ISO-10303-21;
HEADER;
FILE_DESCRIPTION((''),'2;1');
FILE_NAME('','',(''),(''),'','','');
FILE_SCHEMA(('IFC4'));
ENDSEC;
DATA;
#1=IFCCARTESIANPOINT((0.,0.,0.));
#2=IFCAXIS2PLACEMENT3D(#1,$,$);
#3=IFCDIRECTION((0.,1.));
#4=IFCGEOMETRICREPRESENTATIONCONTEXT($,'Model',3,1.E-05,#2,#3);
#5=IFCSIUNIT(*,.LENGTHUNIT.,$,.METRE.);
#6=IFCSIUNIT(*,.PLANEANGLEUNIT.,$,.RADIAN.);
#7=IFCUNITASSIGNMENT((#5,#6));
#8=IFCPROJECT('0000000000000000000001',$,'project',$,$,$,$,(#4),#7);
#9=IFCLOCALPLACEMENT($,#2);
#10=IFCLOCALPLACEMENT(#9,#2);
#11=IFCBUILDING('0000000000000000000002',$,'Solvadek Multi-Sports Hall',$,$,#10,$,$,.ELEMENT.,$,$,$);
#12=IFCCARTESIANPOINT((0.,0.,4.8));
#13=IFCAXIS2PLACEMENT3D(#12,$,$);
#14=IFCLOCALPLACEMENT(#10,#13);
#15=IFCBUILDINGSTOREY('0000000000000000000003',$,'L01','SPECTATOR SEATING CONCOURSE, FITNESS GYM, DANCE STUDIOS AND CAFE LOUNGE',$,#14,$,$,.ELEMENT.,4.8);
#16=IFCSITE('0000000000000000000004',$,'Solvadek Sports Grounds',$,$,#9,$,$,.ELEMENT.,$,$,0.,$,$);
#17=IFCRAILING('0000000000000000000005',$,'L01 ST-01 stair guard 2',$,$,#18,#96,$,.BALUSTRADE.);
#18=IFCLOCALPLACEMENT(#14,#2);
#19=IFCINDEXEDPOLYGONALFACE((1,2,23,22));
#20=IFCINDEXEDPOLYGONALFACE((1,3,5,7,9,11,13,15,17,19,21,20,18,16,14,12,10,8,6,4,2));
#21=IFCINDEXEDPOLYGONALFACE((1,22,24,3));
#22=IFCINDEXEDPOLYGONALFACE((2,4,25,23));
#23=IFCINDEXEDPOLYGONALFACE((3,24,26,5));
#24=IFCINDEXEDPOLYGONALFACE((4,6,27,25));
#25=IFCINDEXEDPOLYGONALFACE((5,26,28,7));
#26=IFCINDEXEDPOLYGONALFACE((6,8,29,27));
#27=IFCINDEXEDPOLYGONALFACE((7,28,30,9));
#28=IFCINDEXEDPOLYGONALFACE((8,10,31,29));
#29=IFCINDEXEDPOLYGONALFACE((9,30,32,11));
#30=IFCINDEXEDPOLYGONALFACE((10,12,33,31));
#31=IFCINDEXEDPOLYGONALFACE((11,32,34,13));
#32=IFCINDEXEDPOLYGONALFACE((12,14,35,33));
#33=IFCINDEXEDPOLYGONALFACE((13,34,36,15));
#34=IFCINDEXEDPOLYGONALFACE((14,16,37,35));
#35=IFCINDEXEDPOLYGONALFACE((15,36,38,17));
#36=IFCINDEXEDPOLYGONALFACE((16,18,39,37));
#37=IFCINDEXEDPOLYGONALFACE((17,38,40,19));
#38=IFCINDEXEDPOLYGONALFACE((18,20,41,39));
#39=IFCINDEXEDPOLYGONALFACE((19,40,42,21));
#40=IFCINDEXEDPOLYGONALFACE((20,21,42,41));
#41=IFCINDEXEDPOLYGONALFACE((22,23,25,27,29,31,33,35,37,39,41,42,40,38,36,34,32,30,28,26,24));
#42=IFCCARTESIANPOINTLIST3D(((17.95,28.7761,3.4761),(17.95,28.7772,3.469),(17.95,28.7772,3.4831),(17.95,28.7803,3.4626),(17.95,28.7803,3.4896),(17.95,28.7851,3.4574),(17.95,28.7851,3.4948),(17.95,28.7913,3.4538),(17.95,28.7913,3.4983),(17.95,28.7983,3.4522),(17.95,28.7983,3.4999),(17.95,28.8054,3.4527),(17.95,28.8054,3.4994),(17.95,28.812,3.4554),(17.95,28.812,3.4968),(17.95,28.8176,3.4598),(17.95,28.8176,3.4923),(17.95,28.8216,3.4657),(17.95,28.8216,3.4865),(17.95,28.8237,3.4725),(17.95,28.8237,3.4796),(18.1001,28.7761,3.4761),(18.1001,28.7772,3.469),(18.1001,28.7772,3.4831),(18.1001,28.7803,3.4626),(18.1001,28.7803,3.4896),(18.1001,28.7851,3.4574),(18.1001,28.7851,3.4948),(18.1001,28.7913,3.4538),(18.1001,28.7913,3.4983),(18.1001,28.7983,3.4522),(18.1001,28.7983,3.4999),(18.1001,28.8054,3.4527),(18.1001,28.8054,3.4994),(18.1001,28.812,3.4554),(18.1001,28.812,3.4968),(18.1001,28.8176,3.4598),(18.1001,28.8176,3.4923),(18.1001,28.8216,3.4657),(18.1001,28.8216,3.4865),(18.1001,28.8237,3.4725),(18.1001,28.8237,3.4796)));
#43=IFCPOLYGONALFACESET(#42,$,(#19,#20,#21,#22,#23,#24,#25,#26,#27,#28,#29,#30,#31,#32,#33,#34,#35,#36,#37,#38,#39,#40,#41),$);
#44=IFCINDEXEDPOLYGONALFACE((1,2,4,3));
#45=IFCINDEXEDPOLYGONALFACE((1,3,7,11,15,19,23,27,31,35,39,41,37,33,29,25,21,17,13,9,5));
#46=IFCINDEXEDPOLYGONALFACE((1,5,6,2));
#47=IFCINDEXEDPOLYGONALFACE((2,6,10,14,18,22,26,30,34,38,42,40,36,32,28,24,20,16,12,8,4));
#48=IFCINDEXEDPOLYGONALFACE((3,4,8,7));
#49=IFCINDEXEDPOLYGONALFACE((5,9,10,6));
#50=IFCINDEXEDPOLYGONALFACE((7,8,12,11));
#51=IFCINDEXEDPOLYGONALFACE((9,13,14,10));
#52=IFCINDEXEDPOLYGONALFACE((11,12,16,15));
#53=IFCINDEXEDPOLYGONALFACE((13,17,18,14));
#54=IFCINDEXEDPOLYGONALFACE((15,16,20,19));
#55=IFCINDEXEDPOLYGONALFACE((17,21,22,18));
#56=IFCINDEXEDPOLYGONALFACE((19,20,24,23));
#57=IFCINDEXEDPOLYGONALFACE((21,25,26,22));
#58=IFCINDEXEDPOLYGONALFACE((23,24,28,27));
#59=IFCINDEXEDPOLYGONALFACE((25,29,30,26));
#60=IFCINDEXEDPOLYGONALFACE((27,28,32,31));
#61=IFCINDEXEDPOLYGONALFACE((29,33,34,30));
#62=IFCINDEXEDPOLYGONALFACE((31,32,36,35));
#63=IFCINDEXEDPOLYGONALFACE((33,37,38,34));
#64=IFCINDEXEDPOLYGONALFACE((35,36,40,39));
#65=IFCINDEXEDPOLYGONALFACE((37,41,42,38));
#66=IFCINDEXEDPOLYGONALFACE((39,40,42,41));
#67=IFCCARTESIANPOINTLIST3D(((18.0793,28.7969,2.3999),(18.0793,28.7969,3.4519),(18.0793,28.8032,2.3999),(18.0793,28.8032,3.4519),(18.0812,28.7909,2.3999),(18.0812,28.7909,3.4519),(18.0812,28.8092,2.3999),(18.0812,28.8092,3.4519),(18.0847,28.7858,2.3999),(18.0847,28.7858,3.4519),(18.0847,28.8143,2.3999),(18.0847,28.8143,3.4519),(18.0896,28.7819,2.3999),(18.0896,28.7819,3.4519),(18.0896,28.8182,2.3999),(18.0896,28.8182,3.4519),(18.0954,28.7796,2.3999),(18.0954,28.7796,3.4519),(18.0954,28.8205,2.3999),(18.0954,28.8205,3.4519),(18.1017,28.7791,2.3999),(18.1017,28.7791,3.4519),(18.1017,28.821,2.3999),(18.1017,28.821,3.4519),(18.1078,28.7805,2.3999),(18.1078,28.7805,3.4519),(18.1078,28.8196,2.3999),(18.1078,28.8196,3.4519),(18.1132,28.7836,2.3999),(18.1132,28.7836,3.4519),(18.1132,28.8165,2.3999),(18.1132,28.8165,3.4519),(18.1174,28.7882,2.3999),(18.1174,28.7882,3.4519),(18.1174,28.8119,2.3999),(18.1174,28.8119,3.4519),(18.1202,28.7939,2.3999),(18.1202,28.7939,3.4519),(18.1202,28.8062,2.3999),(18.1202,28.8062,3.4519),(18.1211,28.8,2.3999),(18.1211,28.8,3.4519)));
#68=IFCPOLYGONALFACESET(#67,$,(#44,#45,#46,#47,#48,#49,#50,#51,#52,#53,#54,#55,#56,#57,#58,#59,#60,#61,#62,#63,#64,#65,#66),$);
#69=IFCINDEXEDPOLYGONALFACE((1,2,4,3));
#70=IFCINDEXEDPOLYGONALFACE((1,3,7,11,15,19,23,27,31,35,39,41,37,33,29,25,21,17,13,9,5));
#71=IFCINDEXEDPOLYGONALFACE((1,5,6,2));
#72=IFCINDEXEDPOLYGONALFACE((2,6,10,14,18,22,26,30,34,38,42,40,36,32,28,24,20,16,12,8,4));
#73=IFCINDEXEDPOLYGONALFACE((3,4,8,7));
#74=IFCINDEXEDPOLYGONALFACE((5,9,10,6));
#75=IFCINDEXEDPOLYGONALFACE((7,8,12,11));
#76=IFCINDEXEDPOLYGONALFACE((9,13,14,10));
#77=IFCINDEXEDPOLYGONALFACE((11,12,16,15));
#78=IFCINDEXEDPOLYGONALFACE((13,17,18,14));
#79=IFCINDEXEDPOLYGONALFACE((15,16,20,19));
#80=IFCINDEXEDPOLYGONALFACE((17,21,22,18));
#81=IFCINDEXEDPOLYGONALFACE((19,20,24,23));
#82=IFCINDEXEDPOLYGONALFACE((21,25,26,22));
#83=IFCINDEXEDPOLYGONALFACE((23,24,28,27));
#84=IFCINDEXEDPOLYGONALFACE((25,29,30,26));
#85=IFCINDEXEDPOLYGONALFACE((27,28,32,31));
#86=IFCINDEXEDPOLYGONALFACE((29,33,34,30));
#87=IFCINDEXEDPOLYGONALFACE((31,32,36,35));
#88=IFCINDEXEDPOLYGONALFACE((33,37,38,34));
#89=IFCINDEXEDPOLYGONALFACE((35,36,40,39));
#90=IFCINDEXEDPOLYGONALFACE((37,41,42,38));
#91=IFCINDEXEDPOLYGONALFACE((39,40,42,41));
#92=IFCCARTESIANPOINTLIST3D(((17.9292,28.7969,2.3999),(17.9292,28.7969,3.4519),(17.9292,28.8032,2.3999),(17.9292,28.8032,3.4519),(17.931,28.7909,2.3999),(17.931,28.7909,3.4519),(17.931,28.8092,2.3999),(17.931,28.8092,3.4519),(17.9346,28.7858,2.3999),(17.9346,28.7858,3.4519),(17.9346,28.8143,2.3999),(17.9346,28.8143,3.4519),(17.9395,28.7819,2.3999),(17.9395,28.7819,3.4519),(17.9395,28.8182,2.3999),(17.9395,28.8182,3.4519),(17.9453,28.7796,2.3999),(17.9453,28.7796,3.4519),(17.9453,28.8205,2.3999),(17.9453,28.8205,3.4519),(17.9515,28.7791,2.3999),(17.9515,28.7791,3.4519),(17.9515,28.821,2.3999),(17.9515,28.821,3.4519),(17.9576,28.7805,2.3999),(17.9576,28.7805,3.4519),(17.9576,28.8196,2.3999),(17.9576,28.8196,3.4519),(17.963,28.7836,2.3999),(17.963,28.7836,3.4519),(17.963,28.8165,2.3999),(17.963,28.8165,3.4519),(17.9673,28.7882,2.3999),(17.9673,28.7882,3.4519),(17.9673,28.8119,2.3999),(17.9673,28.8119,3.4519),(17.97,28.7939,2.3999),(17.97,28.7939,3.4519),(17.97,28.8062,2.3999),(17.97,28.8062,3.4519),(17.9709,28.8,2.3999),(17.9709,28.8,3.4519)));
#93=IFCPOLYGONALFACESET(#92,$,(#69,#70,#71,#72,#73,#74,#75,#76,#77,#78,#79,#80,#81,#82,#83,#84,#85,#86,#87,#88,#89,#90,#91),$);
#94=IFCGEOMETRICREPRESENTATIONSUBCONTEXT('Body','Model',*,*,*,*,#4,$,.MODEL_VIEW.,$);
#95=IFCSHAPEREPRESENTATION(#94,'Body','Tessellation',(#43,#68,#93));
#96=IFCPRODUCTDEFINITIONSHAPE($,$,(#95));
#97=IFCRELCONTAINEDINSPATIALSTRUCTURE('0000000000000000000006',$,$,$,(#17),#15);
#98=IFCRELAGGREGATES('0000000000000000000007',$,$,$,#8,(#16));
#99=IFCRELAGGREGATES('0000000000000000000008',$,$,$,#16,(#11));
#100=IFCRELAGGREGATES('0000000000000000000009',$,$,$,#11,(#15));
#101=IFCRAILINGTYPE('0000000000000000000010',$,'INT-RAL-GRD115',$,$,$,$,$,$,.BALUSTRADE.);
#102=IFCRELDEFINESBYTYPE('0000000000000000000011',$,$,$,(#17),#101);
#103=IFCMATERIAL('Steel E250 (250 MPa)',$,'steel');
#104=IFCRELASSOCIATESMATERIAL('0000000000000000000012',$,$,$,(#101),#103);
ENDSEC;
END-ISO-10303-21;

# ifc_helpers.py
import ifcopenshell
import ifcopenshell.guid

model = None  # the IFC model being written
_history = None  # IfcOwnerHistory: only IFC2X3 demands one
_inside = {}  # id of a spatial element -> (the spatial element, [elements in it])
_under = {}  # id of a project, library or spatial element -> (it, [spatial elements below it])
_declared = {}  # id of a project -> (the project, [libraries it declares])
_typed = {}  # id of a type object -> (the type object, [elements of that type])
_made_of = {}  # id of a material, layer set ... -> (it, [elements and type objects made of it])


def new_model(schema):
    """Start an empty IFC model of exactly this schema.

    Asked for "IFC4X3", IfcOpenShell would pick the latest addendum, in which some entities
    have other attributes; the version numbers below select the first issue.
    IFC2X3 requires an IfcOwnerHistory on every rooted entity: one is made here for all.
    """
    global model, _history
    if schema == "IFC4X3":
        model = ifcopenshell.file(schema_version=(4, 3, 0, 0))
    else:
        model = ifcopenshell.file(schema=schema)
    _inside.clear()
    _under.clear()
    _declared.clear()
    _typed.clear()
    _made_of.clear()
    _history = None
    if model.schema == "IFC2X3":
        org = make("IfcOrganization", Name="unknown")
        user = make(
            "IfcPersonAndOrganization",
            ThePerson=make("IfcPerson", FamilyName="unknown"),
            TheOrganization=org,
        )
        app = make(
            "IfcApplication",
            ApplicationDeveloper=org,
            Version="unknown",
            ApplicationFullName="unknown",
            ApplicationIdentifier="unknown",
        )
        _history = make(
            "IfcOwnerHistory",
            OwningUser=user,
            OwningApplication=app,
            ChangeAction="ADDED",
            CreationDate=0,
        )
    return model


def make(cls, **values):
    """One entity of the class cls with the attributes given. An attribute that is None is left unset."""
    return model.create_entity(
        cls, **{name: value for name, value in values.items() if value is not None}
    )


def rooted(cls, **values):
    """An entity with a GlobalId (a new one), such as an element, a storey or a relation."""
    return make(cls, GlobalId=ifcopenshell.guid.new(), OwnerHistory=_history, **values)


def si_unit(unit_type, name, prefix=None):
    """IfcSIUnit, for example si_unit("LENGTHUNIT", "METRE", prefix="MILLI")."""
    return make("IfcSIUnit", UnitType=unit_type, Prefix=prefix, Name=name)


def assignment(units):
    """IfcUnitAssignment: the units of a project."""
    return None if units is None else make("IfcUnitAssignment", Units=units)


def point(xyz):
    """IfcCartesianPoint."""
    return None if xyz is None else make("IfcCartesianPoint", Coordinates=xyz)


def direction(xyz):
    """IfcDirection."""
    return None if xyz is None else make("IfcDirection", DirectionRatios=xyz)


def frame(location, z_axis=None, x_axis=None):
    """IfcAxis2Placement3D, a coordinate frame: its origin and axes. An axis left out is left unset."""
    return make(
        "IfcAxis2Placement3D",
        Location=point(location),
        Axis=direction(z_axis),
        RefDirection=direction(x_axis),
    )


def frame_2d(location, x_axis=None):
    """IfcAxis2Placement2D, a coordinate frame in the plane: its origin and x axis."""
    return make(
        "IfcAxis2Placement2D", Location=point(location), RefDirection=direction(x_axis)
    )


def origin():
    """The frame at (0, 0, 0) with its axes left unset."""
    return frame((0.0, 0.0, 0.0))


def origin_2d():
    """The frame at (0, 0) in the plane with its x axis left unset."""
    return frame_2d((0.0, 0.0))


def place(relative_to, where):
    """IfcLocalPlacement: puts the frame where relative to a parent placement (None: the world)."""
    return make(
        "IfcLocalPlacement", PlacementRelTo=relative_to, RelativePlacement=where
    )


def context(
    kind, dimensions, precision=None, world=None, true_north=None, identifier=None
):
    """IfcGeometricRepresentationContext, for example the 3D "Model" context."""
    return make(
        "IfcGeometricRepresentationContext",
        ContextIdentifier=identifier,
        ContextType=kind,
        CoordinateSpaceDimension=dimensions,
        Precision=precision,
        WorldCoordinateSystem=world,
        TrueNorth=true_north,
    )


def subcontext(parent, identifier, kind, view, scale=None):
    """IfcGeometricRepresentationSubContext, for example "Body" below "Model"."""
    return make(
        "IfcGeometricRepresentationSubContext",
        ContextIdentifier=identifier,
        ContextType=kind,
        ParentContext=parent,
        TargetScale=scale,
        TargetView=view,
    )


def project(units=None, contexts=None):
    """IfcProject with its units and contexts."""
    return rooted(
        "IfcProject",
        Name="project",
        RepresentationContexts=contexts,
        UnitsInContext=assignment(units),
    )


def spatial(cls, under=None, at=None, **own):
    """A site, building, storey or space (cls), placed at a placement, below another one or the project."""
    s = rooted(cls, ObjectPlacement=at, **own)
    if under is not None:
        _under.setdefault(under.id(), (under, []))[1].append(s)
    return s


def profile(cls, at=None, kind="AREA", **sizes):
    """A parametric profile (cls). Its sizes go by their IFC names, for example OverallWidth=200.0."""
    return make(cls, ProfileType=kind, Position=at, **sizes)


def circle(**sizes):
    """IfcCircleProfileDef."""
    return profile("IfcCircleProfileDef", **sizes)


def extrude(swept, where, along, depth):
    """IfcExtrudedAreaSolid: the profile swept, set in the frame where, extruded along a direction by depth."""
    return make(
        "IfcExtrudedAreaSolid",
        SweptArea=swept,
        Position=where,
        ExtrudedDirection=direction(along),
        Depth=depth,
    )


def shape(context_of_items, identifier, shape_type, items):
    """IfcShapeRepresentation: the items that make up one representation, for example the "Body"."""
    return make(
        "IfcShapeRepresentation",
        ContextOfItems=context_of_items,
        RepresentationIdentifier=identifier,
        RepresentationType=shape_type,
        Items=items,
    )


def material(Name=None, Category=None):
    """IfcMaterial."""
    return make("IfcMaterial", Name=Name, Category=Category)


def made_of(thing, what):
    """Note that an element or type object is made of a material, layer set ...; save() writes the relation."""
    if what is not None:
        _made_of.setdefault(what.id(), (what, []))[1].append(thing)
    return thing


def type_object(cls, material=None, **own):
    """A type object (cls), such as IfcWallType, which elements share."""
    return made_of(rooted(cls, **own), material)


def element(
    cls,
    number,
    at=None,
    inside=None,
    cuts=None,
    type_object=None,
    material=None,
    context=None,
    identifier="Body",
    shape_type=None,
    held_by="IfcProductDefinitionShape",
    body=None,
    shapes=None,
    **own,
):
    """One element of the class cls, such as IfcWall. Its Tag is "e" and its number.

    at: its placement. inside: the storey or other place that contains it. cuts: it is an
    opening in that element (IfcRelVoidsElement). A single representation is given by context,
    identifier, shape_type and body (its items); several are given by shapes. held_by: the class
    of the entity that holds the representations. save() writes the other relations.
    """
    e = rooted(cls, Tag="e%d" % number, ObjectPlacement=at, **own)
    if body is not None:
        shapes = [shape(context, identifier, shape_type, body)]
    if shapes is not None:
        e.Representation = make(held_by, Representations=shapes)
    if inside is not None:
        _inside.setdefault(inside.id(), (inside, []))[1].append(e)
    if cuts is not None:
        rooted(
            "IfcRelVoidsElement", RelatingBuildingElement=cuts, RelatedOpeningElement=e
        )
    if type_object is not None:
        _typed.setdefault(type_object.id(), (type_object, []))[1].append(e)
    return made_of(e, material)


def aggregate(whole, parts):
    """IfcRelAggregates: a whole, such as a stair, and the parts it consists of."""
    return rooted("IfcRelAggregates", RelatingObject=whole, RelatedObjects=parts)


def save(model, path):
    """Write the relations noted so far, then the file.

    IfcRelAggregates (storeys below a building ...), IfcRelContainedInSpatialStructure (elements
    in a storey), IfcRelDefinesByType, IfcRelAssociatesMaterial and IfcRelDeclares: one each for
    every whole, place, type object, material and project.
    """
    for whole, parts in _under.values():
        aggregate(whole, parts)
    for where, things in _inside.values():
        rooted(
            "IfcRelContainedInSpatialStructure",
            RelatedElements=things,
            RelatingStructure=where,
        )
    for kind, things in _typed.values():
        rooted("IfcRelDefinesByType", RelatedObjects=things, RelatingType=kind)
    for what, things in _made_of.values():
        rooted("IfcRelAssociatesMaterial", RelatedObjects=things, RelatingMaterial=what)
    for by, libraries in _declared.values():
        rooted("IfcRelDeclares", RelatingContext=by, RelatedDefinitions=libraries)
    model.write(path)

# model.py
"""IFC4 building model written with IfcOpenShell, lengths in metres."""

from ifc_helpers import new_model, si_unit, direction, frame, origin, origin_2d, place, context, subcontext, project, spatial, circle, extrude, material, type_object, element, save


model = new_model("IFC4")

# Units and contexts
model_context = context("Model", 3, precision=1e-05, world=origin(), true_north=direction((0.0, 1.0)))
body_context = subcontext(model_context, "Body", "Model", "MODEL_VIEW")
ifc_project = project(units=[si_unit("LENGTHUNIT", "METRE"), si_unit("PLANEANGLEUNIT", "RADIAN")], contexts=[model_context])

# Site, building, storey
site_placement = place(None, origin())
site = spatial("IfcSite", under=ifc_project, at=site_placement, Name="Solvadek Sports Grounds", CompositionType="ELEMENT", RefElevation=0.0)
building_placement = place(site_placement, origin())
building = spatial("IfcBuilding", under=site, at=building_placement, Name="Solvadek Multi-Sports Hall", CompositionType="ELEMENT")
storey_placement = place(building_placement, frame((0.0, 0.0, 4.8)))
storey = spatial("IfcBuildingStorey", under=building, at=storey_placement, Name="L01", Description="SPECTATOR SEATING CONCOURSE, FITNESS GYM, DANCE STUDIOS AND CAFE LOUNGE", CompositionType="ELEMENT", Elevation=4.8)

# Shared definitions
ifc_material_1 = material(Name="Steel E250 (250 MPa)", Category="steel")

# Railing
railing_type_1 = type_object("IfcRailingType", Name="INT-RAL-GRD115", PredefinedType="BALUSTRADE", material=ifc_material_1)
railing_1_placement = place(storey_placement, frame((18.1001, 28.8, 2.3999)))
element("IfcRailing", 1, at=railing_1_placement, inside=storey, type_object=railing_type_1, Name="L01 ST-01 stair guard 2", PredefinedType="BALUSTRADE", context=body_context, shape_type="SweptSolid", body=[
    extrude(circle(Radius=0.0239, at=origin_2d()), frame((0.0, 0.0, 1.0762), z_axis=(-1.0, 0.0, 0.0), x_axis=(0.0, -1.0, 0.0)), (0.0, 0.0, 1.0), 0.1501),
    extrude(circle(Radius=0.021, at=origin_2d()), origin(), (0.0, 0.0, 1.0), 1.052),
    extrude(circle(Radius=0.021, at=origin_2d()), frame((-0.1501, 0.0, 0.0)), (0.0, 0.0, 1.0), 1.052),
])

save(model, "model.ifc")
